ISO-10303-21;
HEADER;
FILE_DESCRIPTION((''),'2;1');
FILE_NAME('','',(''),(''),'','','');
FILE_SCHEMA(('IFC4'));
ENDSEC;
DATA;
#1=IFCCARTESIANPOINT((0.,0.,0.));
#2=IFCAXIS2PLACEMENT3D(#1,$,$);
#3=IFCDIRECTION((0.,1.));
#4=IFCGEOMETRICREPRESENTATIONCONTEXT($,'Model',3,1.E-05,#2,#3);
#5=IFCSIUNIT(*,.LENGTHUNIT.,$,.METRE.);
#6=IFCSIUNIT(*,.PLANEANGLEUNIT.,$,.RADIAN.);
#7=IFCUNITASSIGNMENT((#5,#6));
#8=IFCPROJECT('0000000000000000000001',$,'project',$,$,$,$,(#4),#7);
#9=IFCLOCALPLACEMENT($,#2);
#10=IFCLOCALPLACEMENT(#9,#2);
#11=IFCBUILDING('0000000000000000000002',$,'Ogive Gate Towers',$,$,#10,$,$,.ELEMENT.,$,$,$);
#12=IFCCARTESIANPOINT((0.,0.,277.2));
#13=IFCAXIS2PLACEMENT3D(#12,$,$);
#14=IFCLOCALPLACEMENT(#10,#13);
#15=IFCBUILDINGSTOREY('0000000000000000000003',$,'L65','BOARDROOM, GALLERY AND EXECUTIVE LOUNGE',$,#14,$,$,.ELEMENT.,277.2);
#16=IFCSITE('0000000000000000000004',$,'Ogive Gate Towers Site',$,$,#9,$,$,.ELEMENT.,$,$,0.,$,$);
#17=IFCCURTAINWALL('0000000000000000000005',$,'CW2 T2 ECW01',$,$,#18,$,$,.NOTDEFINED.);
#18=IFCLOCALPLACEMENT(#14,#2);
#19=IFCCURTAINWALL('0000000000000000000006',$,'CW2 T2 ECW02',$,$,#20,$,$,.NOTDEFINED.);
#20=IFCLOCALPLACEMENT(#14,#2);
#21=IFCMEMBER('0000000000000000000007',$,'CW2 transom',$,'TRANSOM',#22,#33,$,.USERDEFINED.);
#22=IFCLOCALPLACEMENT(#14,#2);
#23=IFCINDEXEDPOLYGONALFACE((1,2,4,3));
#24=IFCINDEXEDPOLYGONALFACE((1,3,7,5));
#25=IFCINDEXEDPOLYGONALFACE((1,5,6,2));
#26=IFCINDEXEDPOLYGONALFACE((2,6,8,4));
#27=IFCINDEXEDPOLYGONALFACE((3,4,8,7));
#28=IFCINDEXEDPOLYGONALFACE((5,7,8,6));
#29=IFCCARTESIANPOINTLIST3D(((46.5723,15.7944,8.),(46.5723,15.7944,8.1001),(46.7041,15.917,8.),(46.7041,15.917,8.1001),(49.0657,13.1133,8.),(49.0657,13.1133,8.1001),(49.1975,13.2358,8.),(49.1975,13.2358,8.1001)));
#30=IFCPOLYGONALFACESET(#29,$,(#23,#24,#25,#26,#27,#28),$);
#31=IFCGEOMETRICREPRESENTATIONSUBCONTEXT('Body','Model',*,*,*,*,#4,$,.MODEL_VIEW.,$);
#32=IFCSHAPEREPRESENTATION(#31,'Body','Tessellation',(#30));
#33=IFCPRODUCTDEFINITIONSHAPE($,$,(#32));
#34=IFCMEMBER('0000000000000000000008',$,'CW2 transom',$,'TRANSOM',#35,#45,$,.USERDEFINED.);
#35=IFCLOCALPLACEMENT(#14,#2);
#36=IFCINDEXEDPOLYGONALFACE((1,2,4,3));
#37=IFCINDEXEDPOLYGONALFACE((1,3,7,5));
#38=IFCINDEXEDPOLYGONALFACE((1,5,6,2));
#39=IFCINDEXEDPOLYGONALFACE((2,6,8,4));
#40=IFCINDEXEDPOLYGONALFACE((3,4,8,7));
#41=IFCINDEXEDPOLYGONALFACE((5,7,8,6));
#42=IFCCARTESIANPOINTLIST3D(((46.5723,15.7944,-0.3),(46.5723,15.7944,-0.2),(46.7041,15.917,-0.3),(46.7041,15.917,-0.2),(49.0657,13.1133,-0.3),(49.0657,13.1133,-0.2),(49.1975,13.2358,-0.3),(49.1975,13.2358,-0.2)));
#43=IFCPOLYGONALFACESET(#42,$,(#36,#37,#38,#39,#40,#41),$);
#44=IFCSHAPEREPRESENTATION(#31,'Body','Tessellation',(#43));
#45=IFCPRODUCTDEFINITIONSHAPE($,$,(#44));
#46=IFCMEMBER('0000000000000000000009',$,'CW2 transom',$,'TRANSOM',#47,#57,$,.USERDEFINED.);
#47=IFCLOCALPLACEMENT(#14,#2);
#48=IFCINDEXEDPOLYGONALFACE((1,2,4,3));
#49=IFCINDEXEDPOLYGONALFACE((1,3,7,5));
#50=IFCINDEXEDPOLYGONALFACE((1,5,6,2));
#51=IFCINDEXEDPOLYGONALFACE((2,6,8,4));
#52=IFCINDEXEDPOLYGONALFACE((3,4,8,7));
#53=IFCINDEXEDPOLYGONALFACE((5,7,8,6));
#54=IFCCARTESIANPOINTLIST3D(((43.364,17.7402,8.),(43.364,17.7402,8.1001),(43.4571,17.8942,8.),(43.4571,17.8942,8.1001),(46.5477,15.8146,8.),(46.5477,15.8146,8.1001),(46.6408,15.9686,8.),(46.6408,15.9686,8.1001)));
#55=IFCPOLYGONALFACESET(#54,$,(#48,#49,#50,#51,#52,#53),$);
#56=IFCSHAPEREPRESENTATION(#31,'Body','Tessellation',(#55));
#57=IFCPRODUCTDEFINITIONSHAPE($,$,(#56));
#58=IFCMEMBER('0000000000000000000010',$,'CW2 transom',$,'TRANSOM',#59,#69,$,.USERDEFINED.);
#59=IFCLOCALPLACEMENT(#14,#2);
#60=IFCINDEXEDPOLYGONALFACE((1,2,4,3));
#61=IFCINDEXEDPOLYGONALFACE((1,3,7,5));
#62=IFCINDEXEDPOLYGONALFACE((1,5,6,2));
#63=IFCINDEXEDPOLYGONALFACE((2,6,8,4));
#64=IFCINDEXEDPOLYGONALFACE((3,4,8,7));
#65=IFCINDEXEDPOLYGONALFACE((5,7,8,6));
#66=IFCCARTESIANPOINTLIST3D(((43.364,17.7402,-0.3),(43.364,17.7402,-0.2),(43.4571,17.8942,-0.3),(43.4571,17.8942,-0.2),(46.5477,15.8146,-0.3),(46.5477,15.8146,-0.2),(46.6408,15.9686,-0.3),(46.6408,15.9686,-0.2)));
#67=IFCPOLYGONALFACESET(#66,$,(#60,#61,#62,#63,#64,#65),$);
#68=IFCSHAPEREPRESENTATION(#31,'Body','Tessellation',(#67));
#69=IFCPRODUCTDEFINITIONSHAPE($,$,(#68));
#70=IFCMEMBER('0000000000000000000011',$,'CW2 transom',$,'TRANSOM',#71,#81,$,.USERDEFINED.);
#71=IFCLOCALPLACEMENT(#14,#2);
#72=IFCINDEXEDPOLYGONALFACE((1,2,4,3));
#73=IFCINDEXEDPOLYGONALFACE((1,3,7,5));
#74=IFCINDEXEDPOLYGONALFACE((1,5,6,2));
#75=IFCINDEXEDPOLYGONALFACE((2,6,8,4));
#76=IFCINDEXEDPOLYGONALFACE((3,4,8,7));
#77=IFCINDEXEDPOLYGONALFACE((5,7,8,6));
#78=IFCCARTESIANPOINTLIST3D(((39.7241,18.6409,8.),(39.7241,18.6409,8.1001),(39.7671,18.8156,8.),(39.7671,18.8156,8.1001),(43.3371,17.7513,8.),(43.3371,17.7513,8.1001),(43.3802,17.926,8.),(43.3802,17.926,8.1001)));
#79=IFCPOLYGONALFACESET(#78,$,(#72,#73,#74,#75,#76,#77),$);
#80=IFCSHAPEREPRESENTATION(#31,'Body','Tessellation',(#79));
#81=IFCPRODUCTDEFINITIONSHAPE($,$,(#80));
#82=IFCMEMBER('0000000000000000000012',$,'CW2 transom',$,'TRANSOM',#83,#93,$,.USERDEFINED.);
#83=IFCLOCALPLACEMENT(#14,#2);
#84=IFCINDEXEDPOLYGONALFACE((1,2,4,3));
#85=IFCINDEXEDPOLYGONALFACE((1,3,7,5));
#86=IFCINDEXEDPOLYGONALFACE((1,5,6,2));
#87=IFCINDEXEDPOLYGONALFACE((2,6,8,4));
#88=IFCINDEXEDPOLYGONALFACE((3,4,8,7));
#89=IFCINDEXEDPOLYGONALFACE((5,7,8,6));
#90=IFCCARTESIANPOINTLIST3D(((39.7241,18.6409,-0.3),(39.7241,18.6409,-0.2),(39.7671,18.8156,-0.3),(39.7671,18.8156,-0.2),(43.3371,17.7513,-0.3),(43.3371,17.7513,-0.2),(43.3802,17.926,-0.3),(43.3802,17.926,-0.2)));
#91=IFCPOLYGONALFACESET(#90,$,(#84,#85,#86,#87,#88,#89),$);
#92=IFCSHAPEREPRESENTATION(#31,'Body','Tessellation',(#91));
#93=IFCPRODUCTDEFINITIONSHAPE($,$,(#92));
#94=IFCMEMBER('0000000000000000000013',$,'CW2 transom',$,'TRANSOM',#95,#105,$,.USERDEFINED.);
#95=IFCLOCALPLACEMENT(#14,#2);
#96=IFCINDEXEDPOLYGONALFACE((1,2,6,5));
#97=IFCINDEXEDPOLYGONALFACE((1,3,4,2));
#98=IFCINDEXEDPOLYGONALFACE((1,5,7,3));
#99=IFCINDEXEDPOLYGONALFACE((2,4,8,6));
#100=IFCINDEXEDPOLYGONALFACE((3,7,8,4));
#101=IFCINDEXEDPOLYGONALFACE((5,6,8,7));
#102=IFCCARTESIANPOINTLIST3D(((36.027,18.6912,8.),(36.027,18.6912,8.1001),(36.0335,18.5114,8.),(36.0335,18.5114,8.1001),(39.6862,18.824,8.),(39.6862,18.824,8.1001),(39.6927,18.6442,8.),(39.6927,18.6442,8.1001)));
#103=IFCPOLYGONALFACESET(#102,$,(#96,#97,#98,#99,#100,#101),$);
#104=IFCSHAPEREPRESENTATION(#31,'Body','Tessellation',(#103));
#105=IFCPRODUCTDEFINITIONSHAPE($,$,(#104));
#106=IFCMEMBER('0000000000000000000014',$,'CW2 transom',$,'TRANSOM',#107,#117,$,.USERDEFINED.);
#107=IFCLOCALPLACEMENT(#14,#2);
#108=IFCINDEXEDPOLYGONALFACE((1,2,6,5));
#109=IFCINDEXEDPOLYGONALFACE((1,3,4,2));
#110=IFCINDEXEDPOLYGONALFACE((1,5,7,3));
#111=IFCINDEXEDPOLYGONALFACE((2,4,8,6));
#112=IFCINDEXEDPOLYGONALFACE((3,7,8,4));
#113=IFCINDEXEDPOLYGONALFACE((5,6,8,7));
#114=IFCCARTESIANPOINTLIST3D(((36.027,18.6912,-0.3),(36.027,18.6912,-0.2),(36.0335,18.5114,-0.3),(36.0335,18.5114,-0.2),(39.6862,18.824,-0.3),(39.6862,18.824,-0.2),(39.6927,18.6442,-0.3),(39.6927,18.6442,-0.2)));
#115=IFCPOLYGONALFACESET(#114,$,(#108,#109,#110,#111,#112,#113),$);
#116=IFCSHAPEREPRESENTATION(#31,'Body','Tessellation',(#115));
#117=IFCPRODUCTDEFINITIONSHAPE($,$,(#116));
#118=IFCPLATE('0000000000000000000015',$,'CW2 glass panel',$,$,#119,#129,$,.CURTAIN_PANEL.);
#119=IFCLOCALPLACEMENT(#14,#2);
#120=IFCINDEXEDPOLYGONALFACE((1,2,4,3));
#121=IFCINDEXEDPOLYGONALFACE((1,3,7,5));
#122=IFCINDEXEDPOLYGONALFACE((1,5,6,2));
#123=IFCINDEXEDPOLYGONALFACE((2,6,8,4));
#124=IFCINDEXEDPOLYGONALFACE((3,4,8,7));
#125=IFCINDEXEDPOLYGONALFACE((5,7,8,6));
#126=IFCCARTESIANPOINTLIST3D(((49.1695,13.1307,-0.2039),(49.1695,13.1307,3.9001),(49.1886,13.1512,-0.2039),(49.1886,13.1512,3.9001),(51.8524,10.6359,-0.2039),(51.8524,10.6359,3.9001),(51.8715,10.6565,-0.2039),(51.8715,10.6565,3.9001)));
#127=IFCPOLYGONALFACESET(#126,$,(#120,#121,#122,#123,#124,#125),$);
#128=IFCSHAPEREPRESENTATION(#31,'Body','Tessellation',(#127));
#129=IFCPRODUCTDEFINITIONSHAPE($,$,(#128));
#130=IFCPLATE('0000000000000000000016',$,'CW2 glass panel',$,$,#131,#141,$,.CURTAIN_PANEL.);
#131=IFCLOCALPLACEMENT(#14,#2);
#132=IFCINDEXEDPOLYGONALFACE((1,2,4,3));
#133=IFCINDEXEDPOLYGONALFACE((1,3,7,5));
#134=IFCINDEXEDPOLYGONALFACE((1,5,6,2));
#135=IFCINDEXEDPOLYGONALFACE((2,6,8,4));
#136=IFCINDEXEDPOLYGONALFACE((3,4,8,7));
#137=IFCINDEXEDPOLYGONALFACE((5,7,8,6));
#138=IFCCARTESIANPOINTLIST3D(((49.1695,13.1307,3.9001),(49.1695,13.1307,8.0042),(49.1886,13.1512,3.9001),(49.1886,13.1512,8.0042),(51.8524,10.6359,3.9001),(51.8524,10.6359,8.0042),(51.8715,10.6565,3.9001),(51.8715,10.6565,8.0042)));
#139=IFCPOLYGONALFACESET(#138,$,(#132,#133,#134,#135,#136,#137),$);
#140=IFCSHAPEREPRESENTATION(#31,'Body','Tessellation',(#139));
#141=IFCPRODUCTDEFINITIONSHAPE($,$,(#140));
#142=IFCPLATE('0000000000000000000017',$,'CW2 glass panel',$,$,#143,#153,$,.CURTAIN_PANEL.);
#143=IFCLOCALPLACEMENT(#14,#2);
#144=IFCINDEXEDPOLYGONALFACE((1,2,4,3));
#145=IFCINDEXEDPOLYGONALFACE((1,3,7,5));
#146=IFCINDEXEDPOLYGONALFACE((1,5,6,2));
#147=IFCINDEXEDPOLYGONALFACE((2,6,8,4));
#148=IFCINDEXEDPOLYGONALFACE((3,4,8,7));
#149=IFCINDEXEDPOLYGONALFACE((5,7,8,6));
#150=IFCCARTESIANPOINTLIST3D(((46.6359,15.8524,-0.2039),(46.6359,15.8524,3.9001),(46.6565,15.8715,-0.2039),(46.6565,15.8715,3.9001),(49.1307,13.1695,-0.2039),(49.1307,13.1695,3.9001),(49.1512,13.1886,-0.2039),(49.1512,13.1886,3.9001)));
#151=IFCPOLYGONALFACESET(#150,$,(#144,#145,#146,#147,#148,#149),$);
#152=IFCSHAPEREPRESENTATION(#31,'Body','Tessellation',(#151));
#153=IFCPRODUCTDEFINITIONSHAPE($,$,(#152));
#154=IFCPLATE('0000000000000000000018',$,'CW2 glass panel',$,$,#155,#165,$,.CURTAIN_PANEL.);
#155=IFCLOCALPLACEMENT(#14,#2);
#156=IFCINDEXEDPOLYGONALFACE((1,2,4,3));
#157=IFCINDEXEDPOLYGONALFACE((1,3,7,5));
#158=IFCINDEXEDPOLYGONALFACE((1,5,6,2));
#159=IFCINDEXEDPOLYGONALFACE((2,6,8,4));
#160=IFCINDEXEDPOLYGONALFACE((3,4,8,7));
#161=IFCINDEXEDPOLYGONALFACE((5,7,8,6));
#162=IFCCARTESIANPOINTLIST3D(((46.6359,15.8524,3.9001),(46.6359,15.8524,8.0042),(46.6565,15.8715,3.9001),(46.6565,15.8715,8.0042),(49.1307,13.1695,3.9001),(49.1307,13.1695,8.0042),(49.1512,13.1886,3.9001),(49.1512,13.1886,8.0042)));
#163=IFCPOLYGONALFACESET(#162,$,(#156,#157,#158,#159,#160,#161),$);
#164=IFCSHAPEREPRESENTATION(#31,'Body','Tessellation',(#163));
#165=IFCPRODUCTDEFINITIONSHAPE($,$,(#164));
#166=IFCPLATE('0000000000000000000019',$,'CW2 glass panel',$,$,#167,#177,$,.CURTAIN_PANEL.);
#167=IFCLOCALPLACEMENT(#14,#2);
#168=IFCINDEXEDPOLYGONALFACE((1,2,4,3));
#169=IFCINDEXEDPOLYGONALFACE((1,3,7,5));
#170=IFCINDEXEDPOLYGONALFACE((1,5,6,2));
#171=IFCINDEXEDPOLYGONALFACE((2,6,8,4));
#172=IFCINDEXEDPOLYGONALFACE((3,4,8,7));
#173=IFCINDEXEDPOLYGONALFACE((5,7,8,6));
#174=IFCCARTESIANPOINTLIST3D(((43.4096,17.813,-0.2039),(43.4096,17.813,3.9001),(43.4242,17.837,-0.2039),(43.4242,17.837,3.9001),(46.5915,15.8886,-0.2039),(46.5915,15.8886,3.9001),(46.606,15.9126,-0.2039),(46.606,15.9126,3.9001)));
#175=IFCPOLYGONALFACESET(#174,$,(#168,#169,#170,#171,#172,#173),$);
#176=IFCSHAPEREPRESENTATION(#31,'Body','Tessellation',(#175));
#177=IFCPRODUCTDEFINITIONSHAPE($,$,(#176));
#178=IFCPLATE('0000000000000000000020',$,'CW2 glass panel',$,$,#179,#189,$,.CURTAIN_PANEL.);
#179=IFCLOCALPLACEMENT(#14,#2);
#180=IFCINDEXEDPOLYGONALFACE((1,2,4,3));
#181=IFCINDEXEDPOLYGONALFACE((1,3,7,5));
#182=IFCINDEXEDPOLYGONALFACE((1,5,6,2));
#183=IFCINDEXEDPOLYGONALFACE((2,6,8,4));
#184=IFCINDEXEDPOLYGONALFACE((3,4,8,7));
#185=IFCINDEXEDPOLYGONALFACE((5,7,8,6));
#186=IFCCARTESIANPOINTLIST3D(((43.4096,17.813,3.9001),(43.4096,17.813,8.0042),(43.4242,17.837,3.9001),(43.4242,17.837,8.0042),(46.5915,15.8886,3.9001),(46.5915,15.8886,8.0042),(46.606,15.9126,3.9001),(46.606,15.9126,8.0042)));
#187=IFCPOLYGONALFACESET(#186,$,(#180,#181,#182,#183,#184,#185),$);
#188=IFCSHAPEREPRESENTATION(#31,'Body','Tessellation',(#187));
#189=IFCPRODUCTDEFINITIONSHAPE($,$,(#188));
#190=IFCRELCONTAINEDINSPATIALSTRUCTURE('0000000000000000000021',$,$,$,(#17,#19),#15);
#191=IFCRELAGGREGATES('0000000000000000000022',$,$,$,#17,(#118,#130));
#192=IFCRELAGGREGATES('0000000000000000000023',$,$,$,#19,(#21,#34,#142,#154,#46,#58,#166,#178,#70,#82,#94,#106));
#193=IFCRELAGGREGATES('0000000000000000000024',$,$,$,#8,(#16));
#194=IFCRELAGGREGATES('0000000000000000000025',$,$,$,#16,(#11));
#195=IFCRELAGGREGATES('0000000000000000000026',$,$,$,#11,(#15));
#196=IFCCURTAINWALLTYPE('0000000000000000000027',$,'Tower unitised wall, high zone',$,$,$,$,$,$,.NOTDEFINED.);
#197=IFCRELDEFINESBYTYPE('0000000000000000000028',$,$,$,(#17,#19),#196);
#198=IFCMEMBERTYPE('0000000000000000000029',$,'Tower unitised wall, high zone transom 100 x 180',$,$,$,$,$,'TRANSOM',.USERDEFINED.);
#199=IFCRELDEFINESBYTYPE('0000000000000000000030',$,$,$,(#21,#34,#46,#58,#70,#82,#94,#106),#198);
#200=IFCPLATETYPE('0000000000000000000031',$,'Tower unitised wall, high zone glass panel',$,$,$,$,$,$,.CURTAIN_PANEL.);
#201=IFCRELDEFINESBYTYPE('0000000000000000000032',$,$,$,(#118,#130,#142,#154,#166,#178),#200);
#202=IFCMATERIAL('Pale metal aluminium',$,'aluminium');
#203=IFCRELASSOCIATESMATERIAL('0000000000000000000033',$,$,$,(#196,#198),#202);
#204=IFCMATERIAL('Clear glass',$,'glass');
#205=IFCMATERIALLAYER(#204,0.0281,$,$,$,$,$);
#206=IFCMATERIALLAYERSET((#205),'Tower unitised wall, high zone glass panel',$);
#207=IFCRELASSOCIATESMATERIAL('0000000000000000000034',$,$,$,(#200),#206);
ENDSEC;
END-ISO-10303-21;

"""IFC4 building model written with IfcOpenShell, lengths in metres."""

from ifc_helpers import new_model, si_unit, direction, frame, origin, origin_2d, place, context, subcontext, project, spatial, rectangle, extrude, material, layer, layer_set, material_profile, profile_set, type_object, element, aggregate, save


model = new_model("IFC4")

# Units and contexts
model_context = context("Model", 3, precision=1e-05, world=origin(), true_north=direction((0.0, 1.0)))
body_context = subcontext(model_context, "Body", "Model", "MODEL_VIEW")
ifc_project = project(units=[si_unit("LENGTHUNIT", "METRE"), si_unit("PLANEANGLEUNIT", "RADIAN")], contexts=[model_context])

# Site, building, storey
site_placement = place(None, origin())
site = spatial("IfcSite", under=ifc_project, at=site_placement, Name="Ogive Gate Towers Site", CompositionType="ELEMENT", RefElevation=0.0)
building_placement = place(site_placement, origin())
building = spatial("IfcBuilding", under=site, at=building_placement, Name="Ogive Gate Towers", CompositionType="ELEMENT")
storey_placement = place(building_placement, frame((0.0, 0.0, 277.2)))
storey = spatial("IfcBuildingStorey", under=building, at=storey_placement, Name="L65", Description="BOARDROOM, GALLERY AND EXECUTIVE LOUNGE", CompositionType="ELEMENT", Elevation=277.2)

# Curtain wall
ifc_material_1 = material(Name="Pale metal aluminium", Category="aluminium")
curtain_wall_type = type_object("IfcCurtainWallType", Name="Tower unitised wall, high zone", PredefinedType="NOTDEFINED", material=ifc_material_1)
curtain_wall_1_placement = place(storey_placement, origin())
curtain_wall_1 = element("IfcCurtainWall", 1, at=curtain_wall_1_placement, inside=storey, type_object=curtain_wall_type, Name="CW2 T2 ECW01", PredefinedType="NOTDEFINED")

# Curtain wall
curtain_wall_2_placement = place(storey_placement, origin())
curtain_wall_2 = element("IfcCurtainWall", 2, at=curtain_wall_2_placement, inside=storey, type_object=curtain_wall_type, Name="CW2 T2 ECW02", PredefinedType="NOTDEFINED")

# Members
ifc_material_profile_1 = material_profile(ifc_material_1, rectangle(XDim=0.1799, YDim=0.1001, at=origin_2d()), Name="100 x 180 aluminium box")
ifc_profile_set_1 = profile_set([ifc_material_profile_1], Name="Pale metal aluminium")
member_type_1 = type_object("IfcMemberType", Name="Tower unitised wall, high zone transom 100 x 180", ElementType="TRANSOM", PredefinedType="USERDEFINED", material=ifc_profile_set_1)
member_1_placement = place(storey_placement, frame((49.1316, 13.1746, 8.05), z_axis=(-0.681003, 0.73228, 0.0), x_axis=(-0.73228, -0.681003, 0.0)))
member_1 = element("IfcMember", 3, at=member_1_placement, type_object=member_type_1, Name="CW2 transom", ObjectType="TRANSOM", PredefinedType="USERDEFINED", context=body_context, shape_type="SweptSolid", body=[
    extrude(rectangle(XDim=0.1799, YDim=0.1001, at=origin_2d()), origin(), (0.0, 0.0, 1.0), 3.6614),
])
member_2_placement = place(storey_placement, frame((49.1316, 13.1746, -0.25), z_axis=(-0.681003, 0.73228, 0.0), x_axis=(-0.73228, -0.681003, 0.0)))
member_2 = element("IfcMember", 4, at=member_2_placement, type_object=member_type_1, Name="CW2 transom", ObjectType="TRANSOM", PredefinedType="USERDEFINED", context=body_context, shape_type="SweptSolid", body=[
    extrude(rectangle(XDim=0.1799, YDim=0.1001, at=origin_2d()), origin(), (0.0, 0.0, 1.0), 3.6614),
])
member_3_placement = place(storey_placement, frame((46.5942, 15.8916, 8.05), z_axis=(-0.855664, 0.517532, 0.0), x_axis=(-0.517532, -0.855664, 0.0)))
member_3 = element("IfcMember", 5, at=member_3_placement, type_object=member_type_1, Name="CW2 transom", ObjectType="TRANSOM", PredefinedType="USERDEFINED", context=body_context, shape_type="SweptSolid", body=[
    extrude(rectangle(XDim=0.1799, YDim=0.1001, at=origin_2d()), origin(), (0.0, 0.0, 1.0), 3.7207),
])
member_4_placement = place(storey_placement, frame((46.5942, 15.8916, -0.25), z_axis=(-0.855664, 0.517532, 0.0), x_axis=(-0.517532, -0.855664, 0.0)))
member_4 = element("IfcMember", 6, at=member_4_placement, type_object=member_type_1, Name="CW2 transom", ObjectType="TRANSOM", PredefinedType="USERDEFINED", context=body_context, shape_type="SweptSolid", body=[
    extrude(rectangle(XDim=0.1799, YDim=0.1001, at=origin_2d()), origin(), (0.0, 0.0, 1.0), 3.7207),
])
member_5_placement = place(storey_placement, frame((43.3586, 17.8386, 8.05), z_axis=(-0.970997, 0.239091, 0.0), x_axis=(-0.239091, -0.970997, 0.0)))
member_5 = element("IfcMember", 7, at=member_5_placement, type_object=member_type_1, Name="CW2 transom", ObjectType="TRANSOM", PredefinedType="USERDEFINED", context=body_context, shape_type="SweptSolid", body=[
    extrude(rectangle(XDim=0.1799, YDim=0.1001, at=origin_2d()), origin(), (0.0, 0.0, 1.0), 3.7209),
])
member_6_placement = place(storey_placement, frame((43.3586, 17.8386, -0.25), z_axis=(-0.970997, 0.239091, 0.0), x_axis=(-0.239091, -0.970997, 0.0)))
member_6 = element("IfcMember", 8, at=member_6_placement, type_object=member_type_1, Name="CW2 transom", ObjectType="TRANSOM", PredefinedType="USERDEFINED", context=body_context, shape_type="SweptSolid", body=[
    extrude(rectangle(XDim=0.1799, YDim=0.1001, at=origin_2d()), origin(), (0.0, 0.0, 1.0), 3.7209),
])
member_7_placement = place(storey_placement, frame((39.6895, 18.7341, 8.05), z_axis=(-0.999342, -0.036272, 0.0), x_axis=(0.036272, -0.999342, 0.0)))
member_7 = element("IfcMember", 9, at=member_7_placement, type_object=member_type_1, Name="CW2 transom", ObjectType="TRANSOM", PredefinedType="USERDEFINED", context=body_context, shape_type="SweptSolid", body=[
    extrude(rectangle(XDim=0.1799, YDim=0.1001, at=origin_2d()), origin(), (0.0, 0.0, 1.0), 3.6616),
])
member_8_placement = place(storey_placement, frame((39.6895, 18.7341, -0.25), z_axis=(-0.999342, -0.036272, 0.0), x_axis=(0.036272, -0.999342, 0.0)))
member_8 = element("IfcMember", 10, at=member_8_placement, type_object=member_type_1, Name="CW2 transom", ObjectType="TRANSOM", PredefinedType="USERDEFINED", context=body_context, shape_type="SweptSolid", body=[
    extrude(rectangle(XDim=0.1799, YDim=0.1001, at=origin_2d()), origin(), (0.0, 0.0, 1.0), 3.6616),
])

# Plates
ifc_material_2 = material(Name="Clear glass", Category="glass")
ifc_layer_1 = layer(ifc_material_2, 0.0281)
ifc_layer_set_1 = layer_set([ifc_layer_1], Name="Tower unitised wall, high zone glass panel")
plate_type = type_object("IfcPlateType", Name="Tower unitised wall, high zone glass panel", PredefinedType="CURTAIN_PANEL", material=ifc_layer_set_1)
plate_1_placement = place(storey_placement, frame((50.5205, 11.8936, -0.2039), z_axis=(0.0, 0.0, 1.0), x_axis=(-0.732317, 0.680964, 0.0)))
plate_1 = element("IfcPlate", 11, at=plate_1_placement, type_object=plate_type, Name="CW2 glass panel", PredefinedType="CURTAIN_PANEL", context=body_context, shape_type="SweptSolid", body=[
    extrude(rectangle(XDim=3.6636, YDim=0.0281, at=origin_2d()), origin(), (0.0, 0.0, 1.0), 4.104),
])
plate_2_placement = place(storey_placement, frame((50.5205, 11.8936, 3.9001), z_axis=(0.0, 0.0, 1.0), x_axis=(-0.732317, 0.680964, 0.0)))
plate_2 = element("IfcPlate", 12, at=plate_2_placement, type_object=plate_type, Name="CW2 glass panel", PredefinedType="CURTAIN_PANEL", context=body_context, shape_type="SweptSolid", body=[
    extrude(rectangle(XDim=3.6636, YDim=0.0281, at=origin_2d()), origin(), (0.0, 0.0, 1.0), 4.104),
])
aggregate(curtain_wall_1, [plate_1, plate_2])
plate_3_placement = place(storey_placement, frame((47.8936, 14.5205, -0.2039), z_axis=(0.0, 0.0, 1.0), x_axis=(-0.680964, 0.732317, 0.0)))
plate_3 = element("IfcPlate", 13, at=plate_3_placement, type_object=plate_type, Name="CW2 glass panel", PredefinedType="CURTAIN_PANEL", context=body_context, shape_type="SweptSolid", body=[
    extrude(rectangle(XDim=3.6636, YDim=0.0281, at=origin_2d()), origin(), (0.0, 0.0, 1.0), 4.104),
])
plate_4_placement = place(storey_placement, frame((47.8936, 14.5205, 3.9001), z_axis=(0.0, 0.0, 1.0), x_axis=(-0.680964, 0.732317, 0.0)))
plate_4 = element("IfcPlate", 14, at=plate_4_placement, type_object=plate_type, Name="CW2 glass panel", PredefinedType="CURTAIN_PANEL", context=body_context, shape_type="SweptSolid", body=[
    extrude(rectangle(XDim=3.6636, YDim=0.0281, at=origin_2d()), origin(), (0.0, 0.0, 1.0), 4.104),
])
plate_5_placement = place(storey_placement, frame((45.0078, 16.8628, -0.2039), z_axis=(0.0, 0.0, 1.0), x_axis=(-0.855672, 0.517519, 0.0)))
plate_5 = element("IfcPlate", 15, at=plate_5_placement, type_object=plate_type, Name="CW2 glass panel", PredefinedType="CURTAIN_PANEL", context=body_context, shape_type="SweptSolid", body=[
    extrude(rectangle(XDim=3.7185, YDim=0.0281, at=origin_2d()), origin(), (0.0, 0.0, 1.0), 4.104),
])
plate_6_placement = place(storey_placement, frame((45.0078, 16.8628, 3.9001), z_axis=(0.0, 0.0, 1.0), x_axis=(-0.855672, 0.517519, 0.0)))
plate_6 = element("IfcPlate", 16, at=plate_6_placement, type_object=plate_type, Name="CW2 glass panel", PredefinedType="CURTAIN_PANEL", context=body_context, shape_type="SweptSolid", body=[
    extrude(rectangle(XDim=3.7185, YDim=0.0281, at=origin_2d()), origin(), (0.0, 0.0, 1.0), 4.104),
])
aggregate(curtain_wall_2, [member_1, member_2, plate_3, plate_4, member_3, member_4, plate_5, plate_6, member_5, member_6, member_7, member_8])

save(model, "model.ifc")
